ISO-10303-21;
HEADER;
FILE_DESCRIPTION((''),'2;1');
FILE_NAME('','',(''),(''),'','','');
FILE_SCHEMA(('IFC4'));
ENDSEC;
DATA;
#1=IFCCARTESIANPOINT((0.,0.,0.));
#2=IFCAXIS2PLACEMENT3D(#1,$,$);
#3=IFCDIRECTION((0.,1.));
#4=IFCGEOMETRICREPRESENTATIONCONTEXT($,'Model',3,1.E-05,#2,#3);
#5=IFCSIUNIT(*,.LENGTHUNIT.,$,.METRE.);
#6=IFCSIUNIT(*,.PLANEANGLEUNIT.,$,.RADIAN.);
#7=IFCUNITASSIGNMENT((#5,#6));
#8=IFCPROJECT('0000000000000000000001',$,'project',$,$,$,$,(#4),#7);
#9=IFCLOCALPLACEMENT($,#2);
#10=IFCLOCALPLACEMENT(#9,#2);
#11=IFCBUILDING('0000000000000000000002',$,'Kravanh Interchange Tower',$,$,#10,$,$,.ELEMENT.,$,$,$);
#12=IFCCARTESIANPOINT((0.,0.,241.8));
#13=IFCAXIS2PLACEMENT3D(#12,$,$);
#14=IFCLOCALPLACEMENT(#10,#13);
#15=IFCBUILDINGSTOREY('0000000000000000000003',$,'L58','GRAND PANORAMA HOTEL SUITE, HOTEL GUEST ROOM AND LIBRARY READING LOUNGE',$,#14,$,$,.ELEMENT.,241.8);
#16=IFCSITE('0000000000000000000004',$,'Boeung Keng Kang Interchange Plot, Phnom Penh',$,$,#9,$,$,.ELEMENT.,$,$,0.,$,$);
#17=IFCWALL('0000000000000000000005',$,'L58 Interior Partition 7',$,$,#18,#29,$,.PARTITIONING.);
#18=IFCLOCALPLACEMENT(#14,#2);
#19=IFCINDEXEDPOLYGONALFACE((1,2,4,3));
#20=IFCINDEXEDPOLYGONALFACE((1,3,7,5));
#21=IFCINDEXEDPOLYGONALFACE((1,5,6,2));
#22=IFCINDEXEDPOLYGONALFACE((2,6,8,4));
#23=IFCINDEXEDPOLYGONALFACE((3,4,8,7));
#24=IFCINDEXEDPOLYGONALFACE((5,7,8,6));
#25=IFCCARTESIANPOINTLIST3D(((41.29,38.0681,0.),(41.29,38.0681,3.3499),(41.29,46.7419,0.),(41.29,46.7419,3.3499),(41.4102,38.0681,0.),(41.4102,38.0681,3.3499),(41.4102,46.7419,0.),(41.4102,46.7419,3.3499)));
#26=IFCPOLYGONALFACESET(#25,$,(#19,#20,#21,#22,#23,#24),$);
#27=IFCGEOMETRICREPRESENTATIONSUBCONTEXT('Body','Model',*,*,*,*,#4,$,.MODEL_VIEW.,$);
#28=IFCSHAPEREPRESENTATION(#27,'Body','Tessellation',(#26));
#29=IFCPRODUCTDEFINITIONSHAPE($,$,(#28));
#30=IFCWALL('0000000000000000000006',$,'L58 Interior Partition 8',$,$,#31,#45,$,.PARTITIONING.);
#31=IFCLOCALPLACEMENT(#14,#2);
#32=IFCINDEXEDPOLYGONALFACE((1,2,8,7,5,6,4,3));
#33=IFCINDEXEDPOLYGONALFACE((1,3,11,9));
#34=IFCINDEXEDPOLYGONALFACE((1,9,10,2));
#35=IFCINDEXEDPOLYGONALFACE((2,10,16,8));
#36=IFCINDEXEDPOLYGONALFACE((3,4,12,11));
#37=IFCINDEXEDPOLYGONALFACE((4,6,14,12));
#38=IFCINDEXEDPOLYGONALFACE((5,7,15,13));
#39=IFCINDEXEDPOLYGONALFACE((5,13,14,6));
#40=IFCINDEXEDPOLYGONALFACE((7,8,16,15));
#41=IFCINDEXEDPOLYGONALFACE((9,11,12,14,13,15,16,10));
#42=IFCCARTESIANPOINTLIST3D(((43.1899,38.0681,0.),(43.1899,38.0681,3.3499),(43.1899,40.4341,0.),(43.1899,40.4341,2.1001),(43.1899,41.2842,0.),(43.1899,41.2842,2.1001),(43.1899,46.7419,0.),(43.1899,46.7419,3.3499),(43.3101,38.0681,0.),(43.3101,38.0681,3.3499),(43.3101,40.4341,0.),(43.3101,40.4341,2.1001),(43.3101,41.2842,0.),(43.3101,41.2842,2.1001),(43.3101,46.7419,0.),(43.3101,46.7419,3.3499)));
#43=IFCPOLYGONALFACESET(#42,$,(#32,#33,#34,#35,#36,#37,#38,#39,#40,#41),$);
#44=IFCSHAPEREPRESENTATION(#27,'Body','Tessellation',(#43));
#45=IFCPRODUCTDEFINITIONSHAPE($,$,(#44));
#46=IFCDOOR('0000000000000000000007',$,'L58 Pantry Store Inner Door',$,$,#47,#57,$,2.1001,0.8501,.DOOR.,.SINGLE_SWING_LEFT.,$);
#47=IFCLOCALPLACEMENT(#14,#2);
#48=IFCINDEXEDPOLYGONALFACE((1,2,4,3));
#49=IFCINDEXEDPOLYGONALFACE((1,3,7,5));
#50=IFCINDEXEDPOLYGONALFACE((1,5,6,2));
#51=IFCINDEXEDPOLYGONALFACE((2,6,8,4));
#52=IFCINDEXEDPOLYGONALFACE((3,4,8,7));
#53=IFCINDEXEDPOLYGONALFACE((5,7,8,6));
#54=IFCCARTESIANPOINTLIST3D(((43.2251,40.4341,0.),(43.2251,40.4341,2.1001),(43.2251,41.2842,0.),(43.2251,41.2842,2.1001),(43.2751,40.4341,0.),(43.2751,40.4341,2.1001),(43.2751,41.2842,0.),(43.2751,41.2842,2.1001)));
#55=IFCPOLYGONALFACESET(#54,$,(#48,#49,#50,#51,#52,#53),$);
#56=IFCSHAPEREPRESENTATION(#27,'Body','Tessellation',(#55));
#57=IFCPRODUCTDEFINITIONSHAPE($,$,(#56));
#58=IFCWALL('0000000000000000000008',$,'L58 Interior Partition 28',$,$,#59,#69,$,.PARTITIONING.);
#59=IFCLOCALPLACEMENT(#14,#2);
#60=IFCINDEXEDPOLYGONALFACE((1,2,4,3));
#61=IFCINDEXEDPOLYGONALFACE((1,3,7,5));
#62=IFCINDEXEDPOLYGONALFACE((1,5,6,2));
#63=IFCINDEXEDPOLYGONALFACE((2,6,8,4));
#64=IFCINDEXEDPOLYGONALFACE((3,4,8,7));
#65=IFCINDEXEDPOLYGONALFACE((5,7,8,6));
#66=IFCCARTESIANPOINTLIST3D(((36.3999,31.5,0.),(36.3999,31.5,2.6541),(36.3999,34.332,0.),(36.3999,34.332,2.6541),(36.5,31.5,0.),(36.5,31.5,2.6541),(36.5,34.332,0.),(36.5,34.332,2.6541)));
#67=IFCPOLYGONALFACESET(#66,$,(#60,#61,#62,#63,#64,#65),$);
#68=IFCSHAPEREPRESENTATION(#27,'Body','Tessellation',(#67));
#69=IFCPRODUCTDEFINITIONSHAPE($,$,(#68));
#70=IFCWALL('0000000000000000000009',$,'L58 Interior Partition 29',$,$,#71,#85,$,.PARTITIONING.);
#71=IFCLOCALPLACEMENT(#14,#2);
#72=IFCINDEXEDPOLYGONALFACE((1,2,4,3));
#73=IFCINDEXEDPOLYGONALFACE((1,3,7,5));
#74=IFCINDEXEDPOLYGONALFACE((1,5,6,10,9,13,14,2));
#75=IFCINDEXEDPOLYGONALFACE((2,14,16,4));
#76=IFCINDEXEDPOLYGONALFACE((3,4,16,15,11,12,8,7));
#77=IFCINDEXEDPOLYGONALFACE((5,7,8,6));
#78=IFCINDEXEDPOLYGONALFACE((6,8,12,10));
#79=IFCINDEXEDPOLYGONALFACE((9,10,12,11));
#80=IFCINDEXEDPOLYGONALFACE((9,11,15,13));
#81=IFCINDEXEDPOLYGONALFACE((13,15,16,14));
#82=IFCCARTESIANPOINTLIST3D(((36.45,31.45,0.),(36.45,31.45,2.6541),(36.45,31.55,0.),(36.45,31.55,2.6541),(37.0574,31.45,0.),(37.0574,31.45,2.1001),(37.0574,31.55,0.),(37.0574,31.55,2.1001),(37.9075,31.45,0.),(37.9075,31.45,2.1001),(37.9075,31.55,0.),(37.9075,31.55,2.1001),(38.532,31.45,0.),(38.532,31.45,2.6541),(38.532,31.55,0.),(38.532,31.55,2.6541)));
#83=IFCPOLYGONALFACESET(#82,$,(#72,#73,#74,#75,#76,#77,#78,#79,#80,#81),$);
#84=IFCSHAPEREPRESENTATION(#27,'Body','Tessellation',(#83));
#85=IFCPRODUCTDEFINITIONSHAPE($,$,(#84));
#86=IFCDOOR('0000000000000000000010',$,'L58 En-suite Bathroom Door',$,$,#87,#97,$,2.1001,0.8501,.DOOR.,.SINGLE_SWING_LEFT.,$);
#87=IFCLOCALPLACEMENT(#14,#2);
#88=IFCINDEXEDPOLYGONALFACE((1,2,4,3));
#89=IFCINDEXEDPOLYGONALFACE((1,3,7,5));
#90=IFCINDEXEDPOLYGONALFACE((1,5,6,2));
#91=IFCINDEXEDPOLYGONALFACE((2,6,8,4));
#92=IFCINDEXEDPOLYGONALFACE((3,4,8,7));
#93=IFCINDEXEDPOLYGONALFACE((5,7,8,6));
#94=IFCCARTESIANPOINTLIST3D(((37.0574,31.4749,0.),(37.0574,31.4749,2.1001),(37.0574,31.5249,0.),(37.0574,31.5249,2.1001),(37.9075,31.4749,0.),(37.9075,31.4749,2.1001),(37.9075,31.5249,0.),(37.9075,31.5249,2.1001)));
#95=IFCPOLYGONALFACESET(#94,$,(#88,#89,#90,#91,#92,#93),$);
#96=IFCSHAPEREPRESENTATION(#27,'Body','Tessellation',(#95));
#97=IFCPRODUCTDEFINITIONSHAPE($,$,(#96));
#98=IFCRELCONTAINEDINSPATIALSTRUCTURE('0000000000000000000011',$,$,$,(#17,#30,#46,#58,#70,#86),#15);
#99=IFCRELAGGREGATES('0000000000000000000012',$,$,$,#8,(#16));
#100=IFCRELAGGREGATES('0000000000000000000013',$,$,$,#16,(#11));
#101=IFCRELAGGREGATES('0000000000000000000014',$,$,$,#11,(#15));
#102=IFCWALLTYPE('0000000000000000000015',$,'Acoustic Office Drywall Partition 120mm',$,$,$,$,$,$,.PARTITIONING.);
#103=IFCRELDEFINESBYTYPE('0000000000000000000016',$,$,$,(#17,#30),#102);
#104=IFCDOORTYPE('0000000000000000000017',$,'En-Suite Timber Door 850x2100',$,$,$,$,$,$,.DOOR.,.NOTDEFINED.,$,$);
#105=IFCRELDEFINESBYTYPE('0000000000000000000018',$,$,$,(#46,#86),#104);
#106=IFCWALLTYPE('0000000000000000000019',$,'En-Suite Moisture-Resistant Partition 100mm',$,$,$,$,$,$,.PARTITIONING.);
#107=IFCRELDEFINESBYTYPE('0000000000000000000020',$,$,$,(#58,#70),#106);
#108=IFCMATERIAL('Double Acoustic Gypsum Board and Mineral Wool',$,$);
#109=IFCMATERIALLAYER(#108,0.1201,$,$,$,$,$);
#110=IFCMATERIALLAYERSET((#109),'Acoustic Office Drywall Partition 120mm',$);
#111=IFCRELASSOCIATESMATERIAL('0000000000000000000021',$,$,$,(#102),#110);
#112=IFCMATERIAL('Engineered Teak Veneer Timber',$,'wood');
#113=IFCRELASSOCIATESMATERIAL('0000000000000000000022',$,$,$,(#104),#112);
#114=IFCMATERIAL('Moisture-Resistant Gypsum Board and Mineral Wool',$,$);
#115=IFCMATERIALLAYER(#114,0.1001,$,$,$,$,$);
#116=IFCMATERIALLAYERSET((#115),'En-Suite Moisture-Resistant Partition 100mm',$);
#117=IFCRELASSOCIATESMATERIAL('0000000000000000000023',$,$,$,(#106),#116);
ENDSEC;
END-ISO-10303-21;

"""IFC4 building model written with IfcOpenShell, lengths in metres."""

from ifc_helpers import new_model, si_unit, direction, frame, frame_2d, origin, place, context, subcontext, project, spatial, rectangle, extrude, material, layer, layer_set, type_object, element, fill, save


model = new_model("IFC4")

# Units and contexts
model_context = context("Model", 3, precision=1e-05, world=origin(), true_north=direction((0.0, 1.0)))
body_context = subcontext(model_context, "Body", "Model", "MODEL_VIEW")
ifc_project = project(units=[si_unit("LENGTHUNIT", "METRE"), si_unit("PLANEANGLEUNIT", "RADIAN")], contexts=[model_context])

# Site, building, storey
site_placement = place(None, origin())
site = spatial("IfcSite", under=ifc_project, at=site_placement, Name="Boeung Keng Kang Interchange Plot, Phnom Penh", CompositionType="ELEMENT", RefElevation=0.0)
building_placement = place(site_placement, origin())
building = spatial("IfcBuilding", under=site, at=building_placement, Name="Kravanh Interchange Tower", CompositionType="ELEMENT")
storey_placement = place(building_placement, frame((0.0, 0.0, 241.8)))
storey = spatial("IfcBuildingStorey", under=building, at=storey_placement, Name="L58", Description="GRAND PANORAMA HOTEL SUITE, HOTEL GUEST ROOM AND LIBRARY READING LOUNGE", CompositionType="ELEMENT", Elevation=241.8)

# Wall
ifc_material_1 = material(Name="Double Acoustic Gypsum Board and Mineral Wool")
ifc_layer_1 = layer(ifc_material_1, 0.1201)
ifc_layer_set_1 = layer_set([ifc_layer_1], Name="Acoustic Office Drywall Partition 120mm")
wall_type_1 = type_object("IfcWallType", Name="Acoustic Office Drywall Partition 120mm", PredefinedType="PARTITIONING", material=ifc_layer_set_1)
wall_1_placement = place(storey_placement, frame((41.3501, 38.0681, 0.0), z_axis=(0.0, 0.0, 1.0), x_axis=(0.0, 1.0, 0.0)))
element("IfcWall", 1, at=wall_1_placement, inside=storey, type_object=wall_type_1, Name="L58 Interior Partition 7", PredefinedType="PARTITIONING", context=body_context, shape_type="SweptSolid", body=[
    extrude(rectangle(XDim=8.6738, YDim=0.1201, at=frame_2d((4.3369, 0.0))), origin(), (0.0, 0.0, 1.0), 3.3499),
])

# Wall, opening, door
wall_2_placement = place(storey_placement, frame((43.25, 38.0681, 0.0), z_axis=(0.0, 0.0, 1.0), x_axis=(0.0, 1.0, 0.0)))
wall_2 = element("IfcWall", 2, at=wall_2_placement, inside=storey, type_object=wall_type_1, Name="L58 Interior Partition 8", PredefinedType="PARTITIONING", context=body_context, shape_type="SweptSolid", body=[
    extrude(rectangle(XDim=8.6738, YDim=0.1201, at=frame_2d((4.3369, 0.0))), origin(), (0.0, 0.0, 1.0), 3.3499),
])
opening_1_placement = place(wall_2_placement, frame((2.366, 0.0, 0.0)))
opening_1 = element("IfcOpeningElement", 3, at=opening_1_placement, cuts=wall_2, PredefinedType="OPENING", context=body_context, shape_type="SweptSolid", body=[
    extrude(rectangle(XDim=0.8501, YDim=2.1001, at=frame_2d((0.425, 1.05))), frame((0.0, 0.0701, 0.0), z_axis=(0.0, -1.0, 0.0), x_axis=(1.0, 0.0, 0.0)), (0.0, 0.0, 1.0), 0.1401),
])
ifc_material_2 = material(Name="Engineered Teak Veneer Timber", Category="wood")
door_type = type_object("IfcDoorType", Name="En-Suite Timber Door 850x2100", OperationType="NOTDEFINED", PredefinedType="DOOR", material=ifc_material_2)
door_1_placement = place(opening_1_placement, origin())
door_1 = element("IfcDoor", 4, at=door_1_placement, inside=storey, type_object=door_type, Name="L58 Pantry Store Inner Door", OperationType="SINGLE_SWING_LEFT", OverallHeight=2.1001, OverallWidth=0.8501, PredefinedType="DOOR", context=body_context, shape_type="SweptSolid", body=[
    extrude(rectangle(XDim=0.8501, YDim=2.1001, at=frame_2d((0.425, 1.05))), frame((0.0, 0.0249, 0.0), z_axis=(0.0, -1.0, 0.0), x_axis=(1.0, 0.0, 0.0)), (0.0, 0.0, 1.0), 0.05),
])
fill(opening_1, door_1)

# Wall
ifc_material_3 = material(Name="Moisture-Resistant Gypsum Board and Mineral Wool")
ifc_layer_2 = layer(ifc_material_3, 0.1001)
ifc_layer_set_2 = layer_set([ifc_layer_2], Name="En-Suite Moisture-Resistant Partition 100mm")
wall_type_2 = type_object("IfcWallType", Name="En-Suite Moisture-Resistant Partition 100mm", PredefinedType="PARTITIONING", material=ifc_layer_set_2)
wall_3_placement = place(storey_placement, frame((36.45, 31.5, 0.0), z_axis=(0.0, 0.0, 1.0), x_axis=(0.0, 1.0, 0.0)))
element("IfcWall", 5, at=wall_3_placement, inside=storey, type_object=wall_type_2, Name="L58 Interior Partition 28", PredefinedType="PARTITIONING", context=body_context, shape_type="SweptSolid", body=[
    extrude(rectangle(XDim=2.832, YDim=0.1001, at=frame_2d((1.416, 0.0))), origin(), (0.0, 0.0, 1.0), 2.6541),
])

# Wall, opening, door
wall_4_placement = place(storey_placement, frame((36.45, 31.5, 0.0), z_axis=(0.0, 0.0, 1.0), x_axis=(1.0, 0.0, 0.0)))
wall_4 = element("IfcWall", 6, at=wall_4_placement, inside=storey, type_object=wall_type_2, Name="L58 Interior Partition 29", PredefinedType="PARTITIONING", context=body_context, shape_type="SweptSolid", body=[
    extrude(rectangle(XDim=2.082, YDim=0.1001, at=frame_2d((1.041, 0.0))), origin(), (0.0, 0.0, 1.0), 2.6541),
])
opening_2_placement = place(wall_4_placement, frame((0.6074, 0.0, 0.0)))
opening_2 = element("IfcOpeningElement", 7, at=opening_2_placement, cuts=wall_4, PredefinedType="OPENING", context=body_context, shape_type="SweptSolid", body=[
    extrude(rectangle(XDim=0.8501, YDim=2.1001, at=frame_2d((0.425, 1.05))), frame((0.0, 0.0601, 0.0), z_axis=(0.0, -1.0, 0.0), x_axis=(1.0, 0.0, 0.0)), (0.0, 0.0, 1.0), 0.1201),
])
door_2_placement = place(opening_2_placement, origin())
door_2 = element("IfcDoor", 8, at=door_2_placement, inside=storey, type_object=door_type, Name="L58 En-suite Bathroom Door", OperationType="SINGLE_SWING_LEFT", OverallHeight=2.1001, OverallWidth=0.8501, PredefinedType="DOOR", context=body_context, shape_type="SweptSolid", body=[
    extrude(rectangle(XDim=0.8501, YDim=2.1001, at=frame_2d((0.425, 1.05))), frame((0.0, 0.0249, 0.0), z_axis=(0.0, -1.0, 0.0), x_axis=(1.0, 0.0, 0.0)), (0.0, 0.0, 1.0), 0.05),
])
fill(opening_2, door_2)

save(model, "model.ifc")
